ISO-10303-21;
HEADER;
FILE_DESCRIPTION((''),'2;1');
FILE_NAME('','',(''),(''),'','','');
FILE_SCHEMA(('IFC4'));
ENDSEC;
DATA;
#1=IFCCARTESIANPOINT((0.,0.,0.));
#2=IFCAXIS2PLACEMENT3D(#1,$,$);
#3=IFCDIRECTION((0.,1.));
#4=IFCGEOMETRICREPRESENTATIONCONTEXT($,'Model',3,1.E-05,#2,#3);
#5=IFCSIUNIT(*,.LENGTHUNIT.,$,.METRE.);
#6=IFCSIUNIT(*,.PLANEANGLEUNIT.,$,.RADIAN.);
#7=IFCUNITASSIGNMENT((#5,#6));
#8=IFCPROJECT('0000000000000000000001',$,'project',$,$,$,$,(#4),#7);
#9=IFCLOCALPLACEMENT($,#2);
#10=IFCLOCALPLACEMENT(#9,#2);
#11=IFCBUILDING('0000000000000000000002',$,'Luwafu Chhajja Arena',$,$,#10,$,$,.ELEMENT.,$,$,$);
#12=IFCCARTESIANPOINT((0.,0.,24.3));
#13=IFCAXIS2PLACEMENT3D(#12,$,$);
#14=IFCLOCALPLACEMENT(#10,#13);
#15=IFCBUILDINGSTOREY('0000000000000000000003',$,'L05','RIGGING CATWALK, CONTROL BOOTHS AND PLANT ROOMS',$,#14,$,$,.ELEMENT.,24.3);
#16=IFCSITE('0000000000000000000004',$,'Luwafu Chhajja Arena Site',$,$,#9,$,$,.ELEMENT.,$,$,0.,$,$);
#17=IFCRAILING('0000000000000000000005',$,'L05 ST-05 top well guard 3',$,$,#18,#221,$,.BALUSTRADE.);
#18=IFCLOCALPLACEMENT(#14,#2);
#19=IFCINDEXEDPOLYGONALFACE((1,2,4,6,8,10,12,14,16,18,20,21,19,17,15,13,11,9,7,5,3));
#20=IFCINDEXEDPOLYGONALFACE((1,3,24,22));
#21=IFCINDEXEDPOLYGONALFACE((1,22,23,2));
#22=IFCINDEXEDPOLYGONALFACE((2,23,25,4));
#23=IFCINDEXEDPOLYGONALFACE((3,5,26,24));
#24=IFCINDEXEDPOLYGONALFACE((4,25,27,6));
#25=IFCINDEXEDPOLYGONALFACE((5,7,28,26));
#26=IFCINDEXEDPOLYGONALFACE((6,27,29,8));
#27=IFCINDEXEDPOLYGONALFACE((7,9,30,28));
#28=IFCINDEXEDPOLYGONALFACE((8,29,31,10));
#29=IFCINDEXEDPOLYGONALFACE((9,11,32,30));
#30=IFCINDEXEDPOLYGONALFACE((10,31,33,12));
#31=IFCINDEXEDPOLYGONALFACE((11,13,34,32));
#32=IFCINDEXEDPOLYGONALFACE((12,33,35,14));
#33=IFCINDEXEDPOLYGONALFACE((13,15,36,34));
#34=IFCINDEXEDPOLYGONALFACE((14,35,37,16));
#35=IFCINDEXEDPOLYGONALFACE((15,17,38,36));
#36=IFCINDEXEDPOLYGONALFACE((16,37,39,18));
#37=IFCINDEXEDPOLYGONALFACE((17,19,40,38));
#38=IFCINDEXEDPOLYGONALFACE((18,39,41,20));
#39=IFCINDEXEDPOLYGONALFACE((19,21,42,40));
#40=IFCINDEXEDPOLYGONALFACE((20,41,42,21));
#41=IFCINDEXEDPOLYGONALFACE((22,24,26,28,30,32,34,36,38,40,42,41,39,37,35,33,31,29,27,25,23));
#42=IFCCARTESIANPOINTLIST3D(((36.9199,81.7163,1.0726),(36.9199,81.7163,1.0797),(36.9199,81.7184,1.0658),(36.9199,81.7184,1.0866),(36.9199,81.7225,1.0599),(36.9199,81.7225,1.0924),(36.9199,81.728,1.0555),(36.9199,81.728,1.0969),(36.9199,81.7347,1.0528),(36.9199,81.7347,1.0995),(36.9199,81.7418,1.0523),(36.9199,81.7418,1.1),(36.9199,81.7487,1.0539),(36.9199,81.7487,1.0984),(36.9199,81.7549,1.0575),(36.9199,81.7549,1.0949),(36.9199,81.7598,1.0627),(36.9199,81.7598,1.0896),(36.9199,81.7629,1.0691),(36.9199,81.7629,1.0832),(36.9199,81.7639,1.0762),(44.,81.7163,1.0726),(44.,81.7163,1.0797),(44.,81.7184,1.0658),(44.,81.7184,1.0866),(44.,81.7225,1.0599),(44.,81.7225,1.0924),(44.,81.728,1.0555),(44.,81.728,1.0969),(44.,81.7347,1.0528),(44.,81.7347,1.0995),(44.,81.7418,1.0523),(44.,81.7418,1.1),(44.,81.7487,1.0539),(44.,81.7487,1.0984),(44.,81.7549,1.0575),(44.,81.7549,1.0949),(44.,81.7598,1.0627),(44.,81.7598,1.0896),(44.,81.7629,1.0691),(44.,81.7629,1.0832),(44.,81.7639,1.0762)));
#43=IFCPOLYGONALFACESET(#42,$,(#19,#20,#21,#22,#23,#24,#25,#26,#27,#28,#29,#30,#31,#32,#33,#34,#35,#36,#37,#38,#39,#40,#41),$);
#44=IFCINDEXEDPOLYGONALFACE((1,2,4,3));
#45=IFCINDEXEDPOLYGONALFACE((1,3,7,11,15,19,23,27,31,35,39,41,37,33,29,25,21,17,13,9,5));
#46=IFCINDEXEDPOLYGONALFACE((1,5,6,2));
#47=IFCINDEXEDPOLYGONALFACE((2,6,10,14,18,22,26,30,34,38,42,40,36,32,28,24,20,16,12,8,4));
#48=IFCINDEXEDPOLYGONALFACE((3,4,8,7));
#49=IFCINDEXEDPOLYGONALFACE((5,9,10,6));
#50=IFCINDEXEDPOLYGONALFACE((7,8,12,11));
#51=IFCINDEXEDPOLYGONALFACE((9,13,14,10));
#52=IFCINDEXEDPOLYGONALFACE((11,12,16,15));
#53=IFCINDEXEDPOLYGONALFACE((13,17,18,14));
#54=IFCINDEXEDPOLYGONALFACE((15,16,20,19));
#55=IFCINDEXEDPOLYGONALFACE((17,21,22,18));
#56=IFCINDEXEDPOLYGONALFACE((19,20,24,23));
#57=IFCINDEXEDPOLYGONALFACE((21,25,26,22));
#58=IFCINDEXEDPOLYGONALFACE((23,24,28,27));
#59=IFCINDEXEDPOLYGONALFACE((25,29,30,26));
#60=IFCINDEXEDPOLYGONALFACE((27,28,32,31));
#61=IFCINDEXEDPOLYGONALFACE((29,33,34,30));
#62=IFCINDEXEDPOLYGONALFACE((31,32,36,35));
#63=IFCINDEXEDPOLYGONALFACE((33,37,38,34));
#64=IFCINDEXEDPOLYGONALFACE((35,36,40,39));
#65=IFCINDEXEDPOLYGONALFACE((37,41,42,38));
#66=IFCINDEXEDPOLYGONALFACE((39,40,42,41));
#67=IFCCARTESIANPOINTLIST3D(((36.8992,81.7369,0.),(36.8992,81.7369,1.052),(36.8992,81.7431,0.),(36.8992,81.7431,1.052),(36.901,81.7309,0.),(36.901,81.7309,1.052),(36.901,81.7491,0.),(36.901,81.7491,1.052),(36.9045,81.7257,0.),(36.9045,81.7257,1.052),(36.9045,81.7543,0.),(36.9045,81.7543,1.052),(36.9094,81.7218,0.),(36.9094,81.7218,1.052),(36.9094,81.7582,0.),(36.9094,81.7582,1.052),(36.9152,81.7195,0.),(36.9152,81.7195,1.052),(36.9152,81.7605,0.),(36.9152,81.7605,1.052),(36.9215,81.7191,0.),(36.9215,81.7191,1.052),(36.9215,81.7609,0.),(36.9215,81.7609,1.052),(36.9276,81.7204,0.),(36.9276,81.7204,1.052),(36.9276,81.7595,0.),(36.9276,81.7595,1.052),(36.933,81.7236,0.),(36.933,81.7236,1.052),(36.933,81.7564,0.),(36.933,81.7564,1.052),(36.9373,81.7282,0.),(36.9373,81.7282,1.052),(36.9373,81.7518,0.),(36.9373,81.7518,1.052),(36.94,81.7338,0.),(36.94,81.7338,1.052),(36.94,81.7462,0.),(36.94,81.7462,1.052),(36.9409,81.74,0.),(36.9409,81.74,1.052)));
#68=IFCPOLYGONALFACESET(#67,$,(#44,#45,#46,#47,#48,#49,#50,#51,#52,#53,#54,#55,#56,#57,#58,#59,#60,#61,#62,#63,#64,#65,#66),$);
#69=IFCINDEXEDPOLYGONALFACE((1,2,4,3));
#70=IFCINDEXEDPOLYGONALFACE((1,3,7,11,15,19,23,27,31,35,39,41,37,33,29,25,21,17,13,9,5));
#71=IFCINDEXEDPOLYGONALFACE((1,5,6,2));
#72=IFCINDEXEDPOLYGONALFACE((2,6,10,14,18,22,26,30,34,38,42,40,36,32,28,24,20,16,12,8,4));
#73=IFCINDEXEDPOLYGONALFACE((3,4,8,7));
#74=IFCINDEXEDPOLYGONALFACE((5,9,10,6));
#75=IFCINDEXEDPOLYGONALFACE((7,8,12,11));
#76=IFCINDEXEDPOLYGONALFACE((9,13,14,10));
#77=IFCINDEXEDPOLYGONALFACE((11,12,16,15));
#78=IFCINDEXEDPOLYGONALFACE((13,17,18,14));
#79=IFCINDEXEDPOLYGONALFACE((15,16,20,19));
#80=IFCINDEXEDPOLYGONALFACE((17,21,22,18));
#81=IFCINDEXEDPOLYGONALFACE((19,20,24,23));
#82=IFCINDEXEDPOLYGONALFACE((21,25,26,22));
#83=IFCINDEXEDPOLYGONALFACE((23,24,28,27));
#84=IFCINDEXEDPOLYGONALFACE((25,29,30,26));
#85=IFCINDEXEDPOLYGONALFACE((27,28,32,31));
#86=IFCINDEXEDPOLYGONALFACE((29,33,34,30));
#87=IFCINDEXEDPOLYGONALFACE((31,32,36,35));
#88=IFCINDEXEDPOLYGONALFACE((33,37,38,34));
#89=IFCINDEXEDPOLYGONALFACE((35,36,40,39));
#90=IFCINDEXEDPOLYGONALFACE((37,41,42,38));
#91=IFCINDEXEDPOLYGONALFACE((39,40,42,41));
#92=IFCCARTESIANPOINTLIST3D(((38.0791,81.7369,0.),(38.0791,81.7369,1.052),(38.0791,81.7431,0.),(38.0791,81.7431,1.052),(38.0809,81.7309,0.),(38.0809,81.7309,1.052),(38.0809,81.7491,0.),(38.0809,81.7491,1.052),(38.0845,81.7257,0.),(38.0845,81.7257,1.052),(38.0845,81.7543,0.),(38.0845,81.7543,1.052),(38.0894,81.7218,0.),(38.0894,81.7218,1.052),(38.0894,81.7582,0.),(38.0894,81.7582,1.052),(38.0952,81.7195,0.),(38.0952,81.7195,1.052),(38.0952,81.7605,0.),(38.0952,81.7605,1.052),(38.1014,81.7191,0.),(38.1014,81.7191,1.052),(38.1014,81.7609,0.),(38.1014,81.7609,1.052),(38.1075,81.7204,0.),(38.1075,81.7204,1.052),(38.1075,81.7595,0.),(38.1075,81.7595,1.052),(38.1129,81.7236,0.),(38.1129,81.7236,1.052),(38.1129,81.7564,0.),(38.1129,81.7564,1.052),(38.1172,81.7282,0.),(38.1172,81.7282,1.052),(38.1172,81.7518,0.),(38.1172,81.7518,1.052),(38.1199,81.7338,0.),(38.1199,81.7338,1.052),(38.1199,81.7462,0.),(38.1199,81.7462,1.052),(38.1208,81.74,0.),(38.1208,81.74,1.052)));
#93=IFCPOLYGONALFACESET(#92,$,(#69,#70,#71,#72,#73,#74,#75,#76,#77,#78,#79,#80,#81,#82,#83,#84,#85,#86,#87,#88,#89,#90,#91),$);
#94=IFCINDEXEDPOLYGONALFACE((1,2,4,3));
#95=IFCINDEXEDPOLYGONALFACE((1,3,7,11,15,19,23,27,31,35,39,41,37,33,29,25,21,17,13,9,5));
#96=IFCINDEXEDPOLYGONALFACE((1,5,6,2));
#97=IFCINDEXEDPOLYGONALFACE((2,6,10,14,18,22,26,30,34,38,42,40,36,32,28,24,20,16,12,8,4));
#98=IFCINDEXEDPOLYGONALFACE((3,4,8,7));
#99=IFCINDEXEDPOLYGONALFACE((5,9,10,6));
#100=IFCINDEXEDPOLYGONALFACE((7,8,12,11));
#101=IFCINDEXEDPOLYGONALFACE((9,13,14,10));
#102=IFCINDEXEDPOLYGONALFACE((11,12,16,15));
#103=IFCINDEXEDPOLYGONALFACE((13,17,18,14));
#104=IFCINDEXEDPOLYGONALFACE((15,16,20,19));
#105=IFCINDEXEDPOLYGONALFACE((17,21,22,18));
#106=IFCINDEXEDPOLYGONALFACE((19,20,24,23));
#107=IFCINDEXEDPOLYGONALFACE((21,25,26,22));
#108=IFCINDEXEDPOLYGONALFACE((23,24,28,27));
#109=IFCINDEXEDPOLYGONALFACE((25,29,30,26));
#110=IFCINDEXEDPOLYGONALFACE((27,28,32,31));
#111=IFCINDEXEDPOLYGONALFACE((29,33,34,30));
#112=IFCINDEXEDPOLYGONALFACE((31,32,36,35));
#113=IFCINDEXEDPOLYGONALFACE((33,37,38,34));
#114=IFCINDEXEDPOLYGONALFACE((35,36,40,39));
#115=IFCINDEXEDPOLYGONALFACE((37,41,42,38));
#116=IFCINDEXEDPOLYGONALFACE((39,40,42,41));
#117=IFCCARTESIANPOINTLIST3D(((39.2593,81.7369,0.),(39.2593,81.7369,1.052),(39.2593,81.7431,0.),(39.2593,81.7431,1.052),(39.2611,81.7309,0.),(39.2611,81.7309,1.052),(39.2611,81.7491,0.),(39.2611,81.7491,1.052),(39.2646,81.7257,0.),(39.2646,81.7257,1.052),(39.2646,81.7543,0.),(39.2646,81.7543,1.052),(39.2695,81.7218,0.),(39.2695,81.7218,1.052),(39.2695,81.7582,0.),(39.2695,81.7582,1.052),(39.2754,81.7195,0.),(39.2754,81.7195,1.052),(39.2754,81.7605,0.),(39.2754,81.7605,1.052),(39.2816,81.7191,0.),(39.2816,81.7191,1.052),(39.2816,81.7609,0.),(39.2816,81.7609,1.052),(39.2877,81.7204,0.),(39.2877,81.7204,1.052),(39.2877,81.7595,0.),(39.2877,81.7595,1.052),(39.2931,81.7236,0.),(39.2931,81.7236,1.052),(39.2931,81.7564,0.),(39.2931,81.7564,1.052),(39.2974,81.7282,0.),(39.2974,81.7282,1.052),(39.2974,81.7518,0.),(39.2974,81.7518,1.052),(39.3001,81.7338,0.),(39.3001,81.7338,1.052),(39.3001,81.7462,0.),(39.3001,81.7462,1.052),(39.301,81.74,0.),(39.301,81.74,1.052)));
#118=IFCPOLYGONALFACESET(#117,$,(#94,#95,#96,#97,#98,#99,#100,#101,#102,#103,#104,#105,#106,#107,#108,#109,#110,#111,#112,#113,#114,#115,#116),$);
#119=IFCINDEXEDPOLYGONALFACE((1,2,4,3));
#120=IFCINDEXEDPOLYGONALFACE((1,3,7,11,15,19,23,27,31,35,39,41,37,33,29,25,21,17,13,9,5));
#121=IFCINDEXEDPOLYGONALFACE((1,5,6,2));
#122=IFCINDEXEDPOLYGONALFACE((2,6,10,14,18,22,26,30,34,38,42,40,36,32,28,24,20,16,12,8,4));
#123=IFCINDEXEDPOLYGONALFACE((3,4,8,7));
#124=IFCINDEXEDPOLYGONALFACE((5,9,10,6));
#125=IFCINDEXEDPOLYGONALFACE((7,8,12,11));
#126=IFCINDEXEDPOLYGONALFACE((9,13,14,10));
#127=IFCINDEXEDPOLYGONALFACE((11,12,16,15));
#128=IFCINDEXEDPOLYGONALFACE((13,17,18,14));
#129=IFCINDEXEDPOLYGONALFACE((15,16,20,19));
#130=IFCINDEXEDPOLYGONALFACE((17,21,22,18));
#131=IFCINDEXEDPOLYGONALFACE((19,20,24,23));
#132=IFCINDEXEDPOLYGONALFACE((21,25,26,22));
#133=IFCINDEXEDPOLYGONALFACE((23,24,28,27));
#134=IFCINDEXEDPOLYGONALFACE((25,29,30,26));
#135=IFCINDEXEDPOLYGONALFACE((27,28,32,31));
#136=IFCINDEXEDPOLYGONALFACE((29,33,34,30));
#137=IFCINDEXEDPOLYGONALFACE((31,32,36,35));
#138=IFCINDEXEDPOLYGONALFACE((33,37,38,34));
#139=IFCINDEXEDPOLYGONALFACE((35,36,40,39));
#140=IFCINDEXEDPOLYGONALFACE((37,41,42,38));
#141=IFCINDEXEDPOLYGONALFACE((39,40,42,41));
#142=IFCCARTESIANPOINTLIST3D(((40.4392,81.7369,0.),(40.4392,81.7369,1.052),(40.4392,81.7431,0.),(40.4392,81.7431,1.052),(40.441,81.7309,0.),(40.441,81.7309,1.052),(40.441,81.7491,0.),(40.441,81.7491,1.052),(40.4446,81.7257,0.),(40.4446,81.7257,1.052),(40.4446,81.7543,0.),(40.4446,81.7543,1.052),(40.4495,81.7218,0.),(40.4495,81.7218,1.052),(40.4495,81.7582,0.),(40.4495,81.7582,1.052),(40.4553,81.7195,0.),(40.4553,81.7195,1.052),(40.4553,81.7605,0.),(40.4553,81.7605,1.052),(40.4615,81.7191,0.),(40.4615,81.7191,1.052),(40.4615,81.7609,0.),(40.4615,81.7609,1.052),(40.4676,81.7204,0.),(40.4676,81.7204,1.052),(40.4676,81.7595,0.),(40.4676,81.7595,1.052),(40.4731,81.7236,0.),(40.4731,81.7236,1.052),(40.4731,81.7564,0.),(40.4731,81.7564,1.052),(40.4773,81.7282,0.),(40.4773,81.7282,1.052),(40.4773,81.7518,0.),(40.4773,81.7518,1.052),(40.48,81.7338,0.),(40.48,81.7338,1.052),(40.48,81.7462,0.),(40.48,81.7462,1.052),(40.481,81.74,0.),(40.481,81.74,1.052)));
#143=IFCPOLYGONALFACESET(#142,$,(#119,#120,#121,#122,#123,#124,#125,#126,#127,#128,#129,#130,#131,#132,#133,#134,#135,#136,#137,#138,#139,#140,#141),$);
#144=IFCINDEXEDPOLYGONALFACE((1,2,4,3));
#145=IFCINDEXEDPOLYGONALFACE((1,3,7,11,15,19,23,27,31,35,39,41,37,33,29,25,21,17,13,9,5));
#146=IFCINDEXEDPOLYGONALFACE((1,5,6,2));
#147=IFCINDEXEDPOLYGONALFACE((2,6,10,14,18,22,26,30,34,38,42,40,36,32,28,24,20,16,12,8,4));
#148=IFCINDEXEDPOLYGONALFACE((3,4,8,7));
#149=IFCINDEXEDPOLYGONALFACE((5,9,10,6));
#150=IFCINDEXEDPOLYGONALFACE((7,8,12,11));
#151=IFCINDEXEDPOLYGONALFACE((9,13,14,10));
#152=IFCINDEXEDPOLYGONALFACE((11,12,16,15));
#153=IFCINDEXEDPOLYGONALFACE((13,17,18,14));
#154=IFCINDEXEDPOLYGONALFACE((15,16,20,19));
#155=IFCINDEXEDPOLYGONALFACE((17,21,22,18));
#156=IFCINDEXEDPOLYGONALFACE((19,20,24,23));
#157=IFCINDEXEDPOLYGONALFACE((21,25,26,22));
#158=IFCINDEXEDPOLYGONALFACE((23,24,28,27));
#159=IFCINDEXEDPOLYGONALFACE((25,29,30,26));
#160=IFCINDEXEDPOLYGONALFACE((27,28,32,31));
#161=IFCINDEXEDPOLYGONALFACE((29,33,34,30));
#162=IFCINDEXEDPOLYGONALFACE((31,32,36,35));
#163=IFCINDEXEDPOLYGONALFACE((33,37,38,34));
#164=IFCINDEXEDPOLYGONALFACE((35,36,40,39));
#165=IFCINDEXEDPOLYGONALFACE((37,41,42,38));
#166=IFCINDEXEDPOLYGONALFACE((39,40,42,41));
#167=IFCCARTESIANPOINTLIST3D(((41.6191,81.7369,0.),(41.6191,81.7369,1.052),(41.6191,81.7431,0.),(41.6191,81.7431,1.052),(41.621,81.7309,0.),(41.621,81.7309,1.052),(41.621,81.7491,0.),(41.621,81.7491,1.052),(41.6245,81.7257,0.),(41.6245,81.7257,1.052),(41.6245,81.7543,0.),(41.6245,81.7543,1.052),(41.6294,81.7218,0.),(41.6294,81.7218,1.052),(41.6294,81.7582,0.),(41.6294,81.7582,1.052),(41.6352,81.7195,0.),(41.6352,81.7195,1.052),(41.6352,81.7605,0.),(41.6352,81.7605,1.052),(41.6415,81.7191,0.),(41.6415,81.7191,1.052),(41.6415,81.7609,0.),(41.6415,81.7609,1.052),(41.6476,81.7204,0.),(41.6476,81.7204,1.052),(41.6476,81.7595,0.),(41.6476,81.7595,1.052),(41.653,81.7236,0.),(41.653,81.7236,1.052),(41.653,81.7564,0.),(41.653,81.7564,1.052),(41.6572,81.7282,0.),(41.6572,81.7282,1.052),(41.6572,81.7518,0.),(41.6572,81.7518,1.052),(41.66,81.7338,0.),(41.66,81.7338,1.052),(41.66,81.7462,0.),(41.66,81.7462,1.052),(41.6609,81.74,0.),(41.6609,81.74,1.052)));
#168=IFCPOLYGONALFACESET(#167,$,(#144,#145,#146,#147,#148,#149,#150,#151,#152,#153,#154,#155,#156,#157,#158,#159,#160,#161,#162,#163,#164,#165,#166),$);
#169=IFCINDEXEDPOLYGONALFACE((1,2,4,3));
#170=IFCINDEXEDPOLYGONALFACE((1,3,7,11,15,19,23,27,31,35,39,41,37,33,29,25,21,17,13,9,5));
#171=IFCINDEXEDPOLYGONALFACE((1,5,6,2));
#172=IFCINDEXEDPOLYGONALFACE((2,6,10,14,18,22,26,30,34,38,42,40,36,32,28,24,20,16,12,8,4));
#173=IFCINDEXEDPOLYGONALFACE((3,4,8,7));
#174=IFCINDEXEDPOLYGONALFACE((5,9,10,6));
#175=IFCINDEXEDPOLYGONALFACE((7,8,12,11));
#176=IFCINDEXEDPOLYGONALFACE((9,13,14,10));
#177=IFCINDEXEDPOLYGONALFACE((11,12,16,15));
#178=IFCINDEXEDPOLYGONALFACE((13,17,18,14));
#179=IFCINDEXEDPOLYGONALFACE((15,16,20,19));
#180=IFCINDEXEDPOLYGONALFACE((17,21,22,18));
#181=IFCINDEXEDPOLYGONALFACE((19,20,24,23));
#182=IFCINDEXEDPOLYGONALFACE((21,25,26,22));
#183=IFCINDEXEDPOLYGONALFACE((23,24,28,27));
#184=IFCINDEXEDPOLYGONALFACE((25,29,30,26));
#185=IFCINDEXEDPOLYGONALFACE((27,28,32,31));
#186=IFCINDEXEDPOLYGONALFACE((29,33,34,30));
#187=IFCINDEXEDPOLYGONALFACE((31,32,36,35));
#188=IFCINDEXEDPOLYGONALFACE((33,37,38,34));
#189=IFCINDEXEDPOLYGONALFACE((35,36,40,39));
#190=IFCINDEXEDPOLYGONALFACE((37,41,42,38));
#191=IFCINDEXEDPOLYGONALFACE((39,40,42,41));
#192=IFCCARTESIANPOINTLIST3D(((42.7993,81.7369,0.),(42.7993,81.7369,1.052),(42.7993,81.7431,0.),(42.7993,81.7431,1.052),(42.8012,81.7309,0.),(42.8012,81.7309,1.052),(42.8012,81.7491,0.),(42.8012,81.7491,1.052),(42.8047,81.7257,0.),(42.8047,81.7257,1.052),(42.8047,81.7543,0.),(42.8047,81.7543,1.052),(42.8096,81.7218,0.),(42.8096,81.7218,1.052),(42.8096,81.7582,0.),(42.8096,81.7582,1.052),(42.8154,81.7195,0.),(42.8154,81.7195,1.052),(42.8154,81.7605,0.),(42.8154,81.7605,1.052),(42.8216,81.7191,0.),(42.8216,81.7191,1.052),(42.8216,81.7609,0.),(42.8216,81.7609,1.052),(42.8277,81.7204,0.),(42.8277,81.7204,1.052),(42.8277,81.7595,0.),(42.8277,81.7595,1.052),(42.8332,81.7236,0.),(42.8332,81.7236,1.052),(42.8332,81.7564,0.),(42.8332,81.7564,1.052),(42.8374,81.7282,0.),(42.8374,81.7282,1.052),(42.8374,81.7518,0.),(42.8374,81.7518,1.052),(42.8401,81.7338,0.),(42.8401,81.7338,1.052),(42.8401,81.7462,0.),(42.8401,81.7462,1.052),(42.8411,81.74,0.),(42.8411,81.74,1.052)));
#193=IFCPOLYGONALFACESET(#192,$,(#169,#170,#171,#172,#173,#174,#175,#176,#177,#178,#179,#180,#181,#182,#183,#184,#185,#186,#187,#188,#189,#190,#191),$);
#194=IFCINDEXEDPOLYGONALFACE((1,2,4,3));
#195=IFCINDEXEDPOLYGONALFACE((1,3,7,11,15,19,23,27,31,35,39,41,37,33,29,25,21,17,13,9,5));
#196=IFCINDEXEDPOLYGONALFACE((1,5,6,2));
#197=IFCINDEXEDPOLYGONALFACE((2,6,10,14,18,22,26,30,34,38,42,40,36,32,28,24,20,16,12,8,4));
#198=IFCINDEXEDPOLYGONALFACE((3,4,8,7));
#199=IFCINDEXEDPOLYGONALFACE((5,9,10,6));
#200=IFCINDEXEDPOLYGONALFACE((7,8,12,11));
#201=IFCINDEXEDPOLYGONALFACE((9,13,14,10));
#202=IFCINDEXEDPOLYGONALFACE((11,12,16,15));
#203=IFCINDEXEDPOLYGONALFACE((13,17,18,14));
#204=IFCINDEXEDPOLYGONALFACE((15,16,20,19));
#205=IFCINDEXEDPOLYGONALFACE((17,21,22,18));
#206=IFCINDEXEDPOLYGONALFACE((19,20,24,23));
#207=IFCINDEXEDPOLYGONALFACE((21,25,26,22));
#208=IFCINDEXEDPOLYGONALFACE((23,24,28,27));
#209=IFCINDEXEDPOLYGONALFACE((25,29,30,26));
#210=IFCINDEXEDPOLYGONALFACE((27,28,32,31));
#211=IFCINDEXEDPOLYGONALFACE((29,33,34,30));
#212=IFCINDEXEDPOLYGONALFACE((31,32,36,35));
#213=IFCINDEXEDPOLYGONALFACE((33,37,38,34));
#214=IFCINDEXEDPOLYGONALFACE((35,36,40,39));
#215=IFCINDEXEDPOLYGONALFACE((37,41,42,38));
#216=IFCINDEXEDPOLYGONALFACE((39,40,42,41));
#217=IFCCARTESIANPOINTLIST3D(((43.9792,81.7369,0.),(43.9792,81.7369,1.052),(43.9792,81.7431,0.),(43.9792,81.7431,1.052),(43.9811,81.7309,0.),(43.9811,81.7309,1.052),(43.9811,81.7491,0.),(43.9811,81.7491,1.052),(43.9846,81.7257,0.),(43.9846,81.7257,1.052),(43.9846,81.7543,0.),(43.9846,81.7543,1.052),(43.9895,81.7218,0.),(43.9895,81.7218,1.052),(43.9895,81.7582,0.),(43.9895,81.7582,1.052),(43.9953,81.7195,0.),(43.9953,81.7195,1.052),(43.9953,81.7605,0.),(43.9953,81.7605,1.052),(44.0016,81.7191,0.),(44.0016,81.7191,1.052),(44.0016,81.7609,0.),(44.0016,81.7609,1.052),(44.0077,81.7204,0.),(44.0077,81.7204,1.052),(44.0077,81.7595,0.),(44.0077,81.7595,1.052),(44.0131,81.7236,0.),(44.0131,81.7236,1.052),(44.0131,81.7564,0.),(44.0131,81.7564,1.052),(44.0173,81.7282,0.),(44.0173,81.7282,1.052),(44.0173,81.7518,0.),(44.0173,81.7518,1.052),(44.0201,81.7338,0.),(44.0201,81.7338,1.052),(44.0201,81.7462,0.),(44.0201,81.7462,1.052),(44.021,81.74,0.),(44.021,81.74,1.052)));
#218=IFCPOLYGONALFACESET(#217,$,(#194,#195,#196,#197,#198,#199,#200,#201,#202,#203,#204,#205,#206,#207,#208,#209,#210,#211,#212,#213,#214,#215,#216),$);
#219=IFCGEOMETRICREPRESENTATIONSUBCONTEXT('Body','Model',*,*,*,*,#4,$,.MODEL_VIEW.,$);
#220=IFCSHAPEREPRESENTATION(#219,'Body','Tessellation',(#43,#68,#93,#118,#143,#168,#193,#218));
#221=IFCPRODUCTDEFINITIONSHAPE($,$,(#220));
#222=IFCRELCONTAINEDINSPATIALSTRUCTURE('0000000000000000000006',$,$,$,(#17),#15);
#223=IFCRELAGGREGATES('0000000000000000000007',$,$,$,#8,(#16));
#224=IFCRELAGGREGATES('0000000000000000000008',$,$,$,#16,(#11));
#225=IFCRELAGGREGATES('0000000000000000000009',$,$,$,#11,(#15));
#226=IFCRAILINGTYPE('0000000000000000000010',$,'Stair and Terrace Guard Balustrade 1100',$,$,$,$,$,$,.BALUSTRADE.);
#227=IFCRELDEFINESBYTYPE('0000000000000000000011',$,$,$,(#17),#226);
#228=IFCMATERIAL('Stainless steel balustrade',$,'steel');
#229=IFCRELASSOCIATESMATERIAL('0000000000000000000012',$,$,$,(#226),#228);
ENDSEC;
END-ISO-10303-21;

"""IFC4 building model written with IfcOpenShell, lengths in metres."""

from ifc_helpers import new_model, si_unit, direction, frame, origin, origin_2d, place, context, subcontext, project, spatial, circle, extrude, material, type_object, element, save


model = new_model("IFC4")

# Units and contexts
model_context = context("Model", 3, precision=1e-05, world=origin(), true_north=direction((0.0, 1.0)))
body_context = subcontext(model_context, "Body", "Model", "MODEL_VIEW")
ifc_project = project(units=[si_unit("LENGTHUNIT", "METRE"), si_unit("PLANEANGLEUNIT", "RADIAN")], contexts=[model_context])

# Site, building, storey
site_placement = place(None, origin())
site = spatial("IfcSite", under=ifc_project, at=site_placement, Name="Luwafu Chhajja Arena Site", CompositionType="ELEMENT", RefElevation=0.0)
building_placement = place(site_placement, origin())
building = spatial("IfcBuilding", under=site, at=building_placement, Name="Luwafu Chhajja Arena", CompositionType="ELEMENT")
storey_placement = place(building_placement, frame((0.0, 0.0, 24.3)))
storey = spatial("IfcBuildingStorey", under=building, at=storey_placement, Name="L05", Description="RIGGING CATWALK, CONTROL BOOTHS AND PLANT ROOMS", CompositionType="ELEMENT", Elevation=24.3)

# Railing
ifc_material_1 = material(Name="Stainless steel balustrade", Category="steel")
railing_type = type_object("IfcRailingType", Name="Stair and Terrace Guard Balustrade 1100", PredefinedType="BALUSTRADE", material=ifc_material_1)
for number, where, name in (
    (1, (36.9199, 81.74, 0.0), "L05 ST-05 top well guard 3"),
):
    element("IfcRailing", number, at=place(storey_placement, frame(where)), inside=storey, type_object=railing_type, Name=name, PredefinedType="BALUSTRADE", context=body_context, shape_type="SweptSolid", body=[
        extrude(circle(Radius=0.0239, at=origin_2d()), frame((0.0, 0.0, 1.0762), z_axis=(1.0, 0.0, 0.0), x_axis=(0.0, 1.0, 0.0)), (0.0, 0.0, 1.0), 7.0801),
        extrude(circle(Radius=0.021, at=origin_2d()), origin(), (0.0, 0.0, 1.0), 1.052),
        extrude(circle(Radius=0.021, at=origin_2d()), frame((1.1799, 0.0, 0.0)), (0.0, 0.0, 1.0), 1.052),
        extrude(circle(Radius=0.021, at=origin_2d()), frame((2.3601, 0.0, 0.0)), (0.0, 0.0, 1.0), 1.052),
        extrude(circle(Radius=0.021, at=origin_2d()), frame((3.54, 0.0, 0.0)), (0.0, 0.0, 1.0), 1.052),
        extrude(circle(Radius=0.021, at=origin_2d()), frame((4.72, 0.0, 0.0)), (0.0, 0.0, 1.0), 1.052),
        extrude(circle(Radius=0.021, at=origin_2d()), frame((5.9001, 0.0, 0.0)), (0.0, 0.0, 1.0), 1.052),
        extrude(circle(Radius=0.021, at=origin_2d()), frame((7.0801, 0.0, 0.0)), (0.0, 0.0, 1.0), 1.052),
    ])

save(model, "model.ifc")
